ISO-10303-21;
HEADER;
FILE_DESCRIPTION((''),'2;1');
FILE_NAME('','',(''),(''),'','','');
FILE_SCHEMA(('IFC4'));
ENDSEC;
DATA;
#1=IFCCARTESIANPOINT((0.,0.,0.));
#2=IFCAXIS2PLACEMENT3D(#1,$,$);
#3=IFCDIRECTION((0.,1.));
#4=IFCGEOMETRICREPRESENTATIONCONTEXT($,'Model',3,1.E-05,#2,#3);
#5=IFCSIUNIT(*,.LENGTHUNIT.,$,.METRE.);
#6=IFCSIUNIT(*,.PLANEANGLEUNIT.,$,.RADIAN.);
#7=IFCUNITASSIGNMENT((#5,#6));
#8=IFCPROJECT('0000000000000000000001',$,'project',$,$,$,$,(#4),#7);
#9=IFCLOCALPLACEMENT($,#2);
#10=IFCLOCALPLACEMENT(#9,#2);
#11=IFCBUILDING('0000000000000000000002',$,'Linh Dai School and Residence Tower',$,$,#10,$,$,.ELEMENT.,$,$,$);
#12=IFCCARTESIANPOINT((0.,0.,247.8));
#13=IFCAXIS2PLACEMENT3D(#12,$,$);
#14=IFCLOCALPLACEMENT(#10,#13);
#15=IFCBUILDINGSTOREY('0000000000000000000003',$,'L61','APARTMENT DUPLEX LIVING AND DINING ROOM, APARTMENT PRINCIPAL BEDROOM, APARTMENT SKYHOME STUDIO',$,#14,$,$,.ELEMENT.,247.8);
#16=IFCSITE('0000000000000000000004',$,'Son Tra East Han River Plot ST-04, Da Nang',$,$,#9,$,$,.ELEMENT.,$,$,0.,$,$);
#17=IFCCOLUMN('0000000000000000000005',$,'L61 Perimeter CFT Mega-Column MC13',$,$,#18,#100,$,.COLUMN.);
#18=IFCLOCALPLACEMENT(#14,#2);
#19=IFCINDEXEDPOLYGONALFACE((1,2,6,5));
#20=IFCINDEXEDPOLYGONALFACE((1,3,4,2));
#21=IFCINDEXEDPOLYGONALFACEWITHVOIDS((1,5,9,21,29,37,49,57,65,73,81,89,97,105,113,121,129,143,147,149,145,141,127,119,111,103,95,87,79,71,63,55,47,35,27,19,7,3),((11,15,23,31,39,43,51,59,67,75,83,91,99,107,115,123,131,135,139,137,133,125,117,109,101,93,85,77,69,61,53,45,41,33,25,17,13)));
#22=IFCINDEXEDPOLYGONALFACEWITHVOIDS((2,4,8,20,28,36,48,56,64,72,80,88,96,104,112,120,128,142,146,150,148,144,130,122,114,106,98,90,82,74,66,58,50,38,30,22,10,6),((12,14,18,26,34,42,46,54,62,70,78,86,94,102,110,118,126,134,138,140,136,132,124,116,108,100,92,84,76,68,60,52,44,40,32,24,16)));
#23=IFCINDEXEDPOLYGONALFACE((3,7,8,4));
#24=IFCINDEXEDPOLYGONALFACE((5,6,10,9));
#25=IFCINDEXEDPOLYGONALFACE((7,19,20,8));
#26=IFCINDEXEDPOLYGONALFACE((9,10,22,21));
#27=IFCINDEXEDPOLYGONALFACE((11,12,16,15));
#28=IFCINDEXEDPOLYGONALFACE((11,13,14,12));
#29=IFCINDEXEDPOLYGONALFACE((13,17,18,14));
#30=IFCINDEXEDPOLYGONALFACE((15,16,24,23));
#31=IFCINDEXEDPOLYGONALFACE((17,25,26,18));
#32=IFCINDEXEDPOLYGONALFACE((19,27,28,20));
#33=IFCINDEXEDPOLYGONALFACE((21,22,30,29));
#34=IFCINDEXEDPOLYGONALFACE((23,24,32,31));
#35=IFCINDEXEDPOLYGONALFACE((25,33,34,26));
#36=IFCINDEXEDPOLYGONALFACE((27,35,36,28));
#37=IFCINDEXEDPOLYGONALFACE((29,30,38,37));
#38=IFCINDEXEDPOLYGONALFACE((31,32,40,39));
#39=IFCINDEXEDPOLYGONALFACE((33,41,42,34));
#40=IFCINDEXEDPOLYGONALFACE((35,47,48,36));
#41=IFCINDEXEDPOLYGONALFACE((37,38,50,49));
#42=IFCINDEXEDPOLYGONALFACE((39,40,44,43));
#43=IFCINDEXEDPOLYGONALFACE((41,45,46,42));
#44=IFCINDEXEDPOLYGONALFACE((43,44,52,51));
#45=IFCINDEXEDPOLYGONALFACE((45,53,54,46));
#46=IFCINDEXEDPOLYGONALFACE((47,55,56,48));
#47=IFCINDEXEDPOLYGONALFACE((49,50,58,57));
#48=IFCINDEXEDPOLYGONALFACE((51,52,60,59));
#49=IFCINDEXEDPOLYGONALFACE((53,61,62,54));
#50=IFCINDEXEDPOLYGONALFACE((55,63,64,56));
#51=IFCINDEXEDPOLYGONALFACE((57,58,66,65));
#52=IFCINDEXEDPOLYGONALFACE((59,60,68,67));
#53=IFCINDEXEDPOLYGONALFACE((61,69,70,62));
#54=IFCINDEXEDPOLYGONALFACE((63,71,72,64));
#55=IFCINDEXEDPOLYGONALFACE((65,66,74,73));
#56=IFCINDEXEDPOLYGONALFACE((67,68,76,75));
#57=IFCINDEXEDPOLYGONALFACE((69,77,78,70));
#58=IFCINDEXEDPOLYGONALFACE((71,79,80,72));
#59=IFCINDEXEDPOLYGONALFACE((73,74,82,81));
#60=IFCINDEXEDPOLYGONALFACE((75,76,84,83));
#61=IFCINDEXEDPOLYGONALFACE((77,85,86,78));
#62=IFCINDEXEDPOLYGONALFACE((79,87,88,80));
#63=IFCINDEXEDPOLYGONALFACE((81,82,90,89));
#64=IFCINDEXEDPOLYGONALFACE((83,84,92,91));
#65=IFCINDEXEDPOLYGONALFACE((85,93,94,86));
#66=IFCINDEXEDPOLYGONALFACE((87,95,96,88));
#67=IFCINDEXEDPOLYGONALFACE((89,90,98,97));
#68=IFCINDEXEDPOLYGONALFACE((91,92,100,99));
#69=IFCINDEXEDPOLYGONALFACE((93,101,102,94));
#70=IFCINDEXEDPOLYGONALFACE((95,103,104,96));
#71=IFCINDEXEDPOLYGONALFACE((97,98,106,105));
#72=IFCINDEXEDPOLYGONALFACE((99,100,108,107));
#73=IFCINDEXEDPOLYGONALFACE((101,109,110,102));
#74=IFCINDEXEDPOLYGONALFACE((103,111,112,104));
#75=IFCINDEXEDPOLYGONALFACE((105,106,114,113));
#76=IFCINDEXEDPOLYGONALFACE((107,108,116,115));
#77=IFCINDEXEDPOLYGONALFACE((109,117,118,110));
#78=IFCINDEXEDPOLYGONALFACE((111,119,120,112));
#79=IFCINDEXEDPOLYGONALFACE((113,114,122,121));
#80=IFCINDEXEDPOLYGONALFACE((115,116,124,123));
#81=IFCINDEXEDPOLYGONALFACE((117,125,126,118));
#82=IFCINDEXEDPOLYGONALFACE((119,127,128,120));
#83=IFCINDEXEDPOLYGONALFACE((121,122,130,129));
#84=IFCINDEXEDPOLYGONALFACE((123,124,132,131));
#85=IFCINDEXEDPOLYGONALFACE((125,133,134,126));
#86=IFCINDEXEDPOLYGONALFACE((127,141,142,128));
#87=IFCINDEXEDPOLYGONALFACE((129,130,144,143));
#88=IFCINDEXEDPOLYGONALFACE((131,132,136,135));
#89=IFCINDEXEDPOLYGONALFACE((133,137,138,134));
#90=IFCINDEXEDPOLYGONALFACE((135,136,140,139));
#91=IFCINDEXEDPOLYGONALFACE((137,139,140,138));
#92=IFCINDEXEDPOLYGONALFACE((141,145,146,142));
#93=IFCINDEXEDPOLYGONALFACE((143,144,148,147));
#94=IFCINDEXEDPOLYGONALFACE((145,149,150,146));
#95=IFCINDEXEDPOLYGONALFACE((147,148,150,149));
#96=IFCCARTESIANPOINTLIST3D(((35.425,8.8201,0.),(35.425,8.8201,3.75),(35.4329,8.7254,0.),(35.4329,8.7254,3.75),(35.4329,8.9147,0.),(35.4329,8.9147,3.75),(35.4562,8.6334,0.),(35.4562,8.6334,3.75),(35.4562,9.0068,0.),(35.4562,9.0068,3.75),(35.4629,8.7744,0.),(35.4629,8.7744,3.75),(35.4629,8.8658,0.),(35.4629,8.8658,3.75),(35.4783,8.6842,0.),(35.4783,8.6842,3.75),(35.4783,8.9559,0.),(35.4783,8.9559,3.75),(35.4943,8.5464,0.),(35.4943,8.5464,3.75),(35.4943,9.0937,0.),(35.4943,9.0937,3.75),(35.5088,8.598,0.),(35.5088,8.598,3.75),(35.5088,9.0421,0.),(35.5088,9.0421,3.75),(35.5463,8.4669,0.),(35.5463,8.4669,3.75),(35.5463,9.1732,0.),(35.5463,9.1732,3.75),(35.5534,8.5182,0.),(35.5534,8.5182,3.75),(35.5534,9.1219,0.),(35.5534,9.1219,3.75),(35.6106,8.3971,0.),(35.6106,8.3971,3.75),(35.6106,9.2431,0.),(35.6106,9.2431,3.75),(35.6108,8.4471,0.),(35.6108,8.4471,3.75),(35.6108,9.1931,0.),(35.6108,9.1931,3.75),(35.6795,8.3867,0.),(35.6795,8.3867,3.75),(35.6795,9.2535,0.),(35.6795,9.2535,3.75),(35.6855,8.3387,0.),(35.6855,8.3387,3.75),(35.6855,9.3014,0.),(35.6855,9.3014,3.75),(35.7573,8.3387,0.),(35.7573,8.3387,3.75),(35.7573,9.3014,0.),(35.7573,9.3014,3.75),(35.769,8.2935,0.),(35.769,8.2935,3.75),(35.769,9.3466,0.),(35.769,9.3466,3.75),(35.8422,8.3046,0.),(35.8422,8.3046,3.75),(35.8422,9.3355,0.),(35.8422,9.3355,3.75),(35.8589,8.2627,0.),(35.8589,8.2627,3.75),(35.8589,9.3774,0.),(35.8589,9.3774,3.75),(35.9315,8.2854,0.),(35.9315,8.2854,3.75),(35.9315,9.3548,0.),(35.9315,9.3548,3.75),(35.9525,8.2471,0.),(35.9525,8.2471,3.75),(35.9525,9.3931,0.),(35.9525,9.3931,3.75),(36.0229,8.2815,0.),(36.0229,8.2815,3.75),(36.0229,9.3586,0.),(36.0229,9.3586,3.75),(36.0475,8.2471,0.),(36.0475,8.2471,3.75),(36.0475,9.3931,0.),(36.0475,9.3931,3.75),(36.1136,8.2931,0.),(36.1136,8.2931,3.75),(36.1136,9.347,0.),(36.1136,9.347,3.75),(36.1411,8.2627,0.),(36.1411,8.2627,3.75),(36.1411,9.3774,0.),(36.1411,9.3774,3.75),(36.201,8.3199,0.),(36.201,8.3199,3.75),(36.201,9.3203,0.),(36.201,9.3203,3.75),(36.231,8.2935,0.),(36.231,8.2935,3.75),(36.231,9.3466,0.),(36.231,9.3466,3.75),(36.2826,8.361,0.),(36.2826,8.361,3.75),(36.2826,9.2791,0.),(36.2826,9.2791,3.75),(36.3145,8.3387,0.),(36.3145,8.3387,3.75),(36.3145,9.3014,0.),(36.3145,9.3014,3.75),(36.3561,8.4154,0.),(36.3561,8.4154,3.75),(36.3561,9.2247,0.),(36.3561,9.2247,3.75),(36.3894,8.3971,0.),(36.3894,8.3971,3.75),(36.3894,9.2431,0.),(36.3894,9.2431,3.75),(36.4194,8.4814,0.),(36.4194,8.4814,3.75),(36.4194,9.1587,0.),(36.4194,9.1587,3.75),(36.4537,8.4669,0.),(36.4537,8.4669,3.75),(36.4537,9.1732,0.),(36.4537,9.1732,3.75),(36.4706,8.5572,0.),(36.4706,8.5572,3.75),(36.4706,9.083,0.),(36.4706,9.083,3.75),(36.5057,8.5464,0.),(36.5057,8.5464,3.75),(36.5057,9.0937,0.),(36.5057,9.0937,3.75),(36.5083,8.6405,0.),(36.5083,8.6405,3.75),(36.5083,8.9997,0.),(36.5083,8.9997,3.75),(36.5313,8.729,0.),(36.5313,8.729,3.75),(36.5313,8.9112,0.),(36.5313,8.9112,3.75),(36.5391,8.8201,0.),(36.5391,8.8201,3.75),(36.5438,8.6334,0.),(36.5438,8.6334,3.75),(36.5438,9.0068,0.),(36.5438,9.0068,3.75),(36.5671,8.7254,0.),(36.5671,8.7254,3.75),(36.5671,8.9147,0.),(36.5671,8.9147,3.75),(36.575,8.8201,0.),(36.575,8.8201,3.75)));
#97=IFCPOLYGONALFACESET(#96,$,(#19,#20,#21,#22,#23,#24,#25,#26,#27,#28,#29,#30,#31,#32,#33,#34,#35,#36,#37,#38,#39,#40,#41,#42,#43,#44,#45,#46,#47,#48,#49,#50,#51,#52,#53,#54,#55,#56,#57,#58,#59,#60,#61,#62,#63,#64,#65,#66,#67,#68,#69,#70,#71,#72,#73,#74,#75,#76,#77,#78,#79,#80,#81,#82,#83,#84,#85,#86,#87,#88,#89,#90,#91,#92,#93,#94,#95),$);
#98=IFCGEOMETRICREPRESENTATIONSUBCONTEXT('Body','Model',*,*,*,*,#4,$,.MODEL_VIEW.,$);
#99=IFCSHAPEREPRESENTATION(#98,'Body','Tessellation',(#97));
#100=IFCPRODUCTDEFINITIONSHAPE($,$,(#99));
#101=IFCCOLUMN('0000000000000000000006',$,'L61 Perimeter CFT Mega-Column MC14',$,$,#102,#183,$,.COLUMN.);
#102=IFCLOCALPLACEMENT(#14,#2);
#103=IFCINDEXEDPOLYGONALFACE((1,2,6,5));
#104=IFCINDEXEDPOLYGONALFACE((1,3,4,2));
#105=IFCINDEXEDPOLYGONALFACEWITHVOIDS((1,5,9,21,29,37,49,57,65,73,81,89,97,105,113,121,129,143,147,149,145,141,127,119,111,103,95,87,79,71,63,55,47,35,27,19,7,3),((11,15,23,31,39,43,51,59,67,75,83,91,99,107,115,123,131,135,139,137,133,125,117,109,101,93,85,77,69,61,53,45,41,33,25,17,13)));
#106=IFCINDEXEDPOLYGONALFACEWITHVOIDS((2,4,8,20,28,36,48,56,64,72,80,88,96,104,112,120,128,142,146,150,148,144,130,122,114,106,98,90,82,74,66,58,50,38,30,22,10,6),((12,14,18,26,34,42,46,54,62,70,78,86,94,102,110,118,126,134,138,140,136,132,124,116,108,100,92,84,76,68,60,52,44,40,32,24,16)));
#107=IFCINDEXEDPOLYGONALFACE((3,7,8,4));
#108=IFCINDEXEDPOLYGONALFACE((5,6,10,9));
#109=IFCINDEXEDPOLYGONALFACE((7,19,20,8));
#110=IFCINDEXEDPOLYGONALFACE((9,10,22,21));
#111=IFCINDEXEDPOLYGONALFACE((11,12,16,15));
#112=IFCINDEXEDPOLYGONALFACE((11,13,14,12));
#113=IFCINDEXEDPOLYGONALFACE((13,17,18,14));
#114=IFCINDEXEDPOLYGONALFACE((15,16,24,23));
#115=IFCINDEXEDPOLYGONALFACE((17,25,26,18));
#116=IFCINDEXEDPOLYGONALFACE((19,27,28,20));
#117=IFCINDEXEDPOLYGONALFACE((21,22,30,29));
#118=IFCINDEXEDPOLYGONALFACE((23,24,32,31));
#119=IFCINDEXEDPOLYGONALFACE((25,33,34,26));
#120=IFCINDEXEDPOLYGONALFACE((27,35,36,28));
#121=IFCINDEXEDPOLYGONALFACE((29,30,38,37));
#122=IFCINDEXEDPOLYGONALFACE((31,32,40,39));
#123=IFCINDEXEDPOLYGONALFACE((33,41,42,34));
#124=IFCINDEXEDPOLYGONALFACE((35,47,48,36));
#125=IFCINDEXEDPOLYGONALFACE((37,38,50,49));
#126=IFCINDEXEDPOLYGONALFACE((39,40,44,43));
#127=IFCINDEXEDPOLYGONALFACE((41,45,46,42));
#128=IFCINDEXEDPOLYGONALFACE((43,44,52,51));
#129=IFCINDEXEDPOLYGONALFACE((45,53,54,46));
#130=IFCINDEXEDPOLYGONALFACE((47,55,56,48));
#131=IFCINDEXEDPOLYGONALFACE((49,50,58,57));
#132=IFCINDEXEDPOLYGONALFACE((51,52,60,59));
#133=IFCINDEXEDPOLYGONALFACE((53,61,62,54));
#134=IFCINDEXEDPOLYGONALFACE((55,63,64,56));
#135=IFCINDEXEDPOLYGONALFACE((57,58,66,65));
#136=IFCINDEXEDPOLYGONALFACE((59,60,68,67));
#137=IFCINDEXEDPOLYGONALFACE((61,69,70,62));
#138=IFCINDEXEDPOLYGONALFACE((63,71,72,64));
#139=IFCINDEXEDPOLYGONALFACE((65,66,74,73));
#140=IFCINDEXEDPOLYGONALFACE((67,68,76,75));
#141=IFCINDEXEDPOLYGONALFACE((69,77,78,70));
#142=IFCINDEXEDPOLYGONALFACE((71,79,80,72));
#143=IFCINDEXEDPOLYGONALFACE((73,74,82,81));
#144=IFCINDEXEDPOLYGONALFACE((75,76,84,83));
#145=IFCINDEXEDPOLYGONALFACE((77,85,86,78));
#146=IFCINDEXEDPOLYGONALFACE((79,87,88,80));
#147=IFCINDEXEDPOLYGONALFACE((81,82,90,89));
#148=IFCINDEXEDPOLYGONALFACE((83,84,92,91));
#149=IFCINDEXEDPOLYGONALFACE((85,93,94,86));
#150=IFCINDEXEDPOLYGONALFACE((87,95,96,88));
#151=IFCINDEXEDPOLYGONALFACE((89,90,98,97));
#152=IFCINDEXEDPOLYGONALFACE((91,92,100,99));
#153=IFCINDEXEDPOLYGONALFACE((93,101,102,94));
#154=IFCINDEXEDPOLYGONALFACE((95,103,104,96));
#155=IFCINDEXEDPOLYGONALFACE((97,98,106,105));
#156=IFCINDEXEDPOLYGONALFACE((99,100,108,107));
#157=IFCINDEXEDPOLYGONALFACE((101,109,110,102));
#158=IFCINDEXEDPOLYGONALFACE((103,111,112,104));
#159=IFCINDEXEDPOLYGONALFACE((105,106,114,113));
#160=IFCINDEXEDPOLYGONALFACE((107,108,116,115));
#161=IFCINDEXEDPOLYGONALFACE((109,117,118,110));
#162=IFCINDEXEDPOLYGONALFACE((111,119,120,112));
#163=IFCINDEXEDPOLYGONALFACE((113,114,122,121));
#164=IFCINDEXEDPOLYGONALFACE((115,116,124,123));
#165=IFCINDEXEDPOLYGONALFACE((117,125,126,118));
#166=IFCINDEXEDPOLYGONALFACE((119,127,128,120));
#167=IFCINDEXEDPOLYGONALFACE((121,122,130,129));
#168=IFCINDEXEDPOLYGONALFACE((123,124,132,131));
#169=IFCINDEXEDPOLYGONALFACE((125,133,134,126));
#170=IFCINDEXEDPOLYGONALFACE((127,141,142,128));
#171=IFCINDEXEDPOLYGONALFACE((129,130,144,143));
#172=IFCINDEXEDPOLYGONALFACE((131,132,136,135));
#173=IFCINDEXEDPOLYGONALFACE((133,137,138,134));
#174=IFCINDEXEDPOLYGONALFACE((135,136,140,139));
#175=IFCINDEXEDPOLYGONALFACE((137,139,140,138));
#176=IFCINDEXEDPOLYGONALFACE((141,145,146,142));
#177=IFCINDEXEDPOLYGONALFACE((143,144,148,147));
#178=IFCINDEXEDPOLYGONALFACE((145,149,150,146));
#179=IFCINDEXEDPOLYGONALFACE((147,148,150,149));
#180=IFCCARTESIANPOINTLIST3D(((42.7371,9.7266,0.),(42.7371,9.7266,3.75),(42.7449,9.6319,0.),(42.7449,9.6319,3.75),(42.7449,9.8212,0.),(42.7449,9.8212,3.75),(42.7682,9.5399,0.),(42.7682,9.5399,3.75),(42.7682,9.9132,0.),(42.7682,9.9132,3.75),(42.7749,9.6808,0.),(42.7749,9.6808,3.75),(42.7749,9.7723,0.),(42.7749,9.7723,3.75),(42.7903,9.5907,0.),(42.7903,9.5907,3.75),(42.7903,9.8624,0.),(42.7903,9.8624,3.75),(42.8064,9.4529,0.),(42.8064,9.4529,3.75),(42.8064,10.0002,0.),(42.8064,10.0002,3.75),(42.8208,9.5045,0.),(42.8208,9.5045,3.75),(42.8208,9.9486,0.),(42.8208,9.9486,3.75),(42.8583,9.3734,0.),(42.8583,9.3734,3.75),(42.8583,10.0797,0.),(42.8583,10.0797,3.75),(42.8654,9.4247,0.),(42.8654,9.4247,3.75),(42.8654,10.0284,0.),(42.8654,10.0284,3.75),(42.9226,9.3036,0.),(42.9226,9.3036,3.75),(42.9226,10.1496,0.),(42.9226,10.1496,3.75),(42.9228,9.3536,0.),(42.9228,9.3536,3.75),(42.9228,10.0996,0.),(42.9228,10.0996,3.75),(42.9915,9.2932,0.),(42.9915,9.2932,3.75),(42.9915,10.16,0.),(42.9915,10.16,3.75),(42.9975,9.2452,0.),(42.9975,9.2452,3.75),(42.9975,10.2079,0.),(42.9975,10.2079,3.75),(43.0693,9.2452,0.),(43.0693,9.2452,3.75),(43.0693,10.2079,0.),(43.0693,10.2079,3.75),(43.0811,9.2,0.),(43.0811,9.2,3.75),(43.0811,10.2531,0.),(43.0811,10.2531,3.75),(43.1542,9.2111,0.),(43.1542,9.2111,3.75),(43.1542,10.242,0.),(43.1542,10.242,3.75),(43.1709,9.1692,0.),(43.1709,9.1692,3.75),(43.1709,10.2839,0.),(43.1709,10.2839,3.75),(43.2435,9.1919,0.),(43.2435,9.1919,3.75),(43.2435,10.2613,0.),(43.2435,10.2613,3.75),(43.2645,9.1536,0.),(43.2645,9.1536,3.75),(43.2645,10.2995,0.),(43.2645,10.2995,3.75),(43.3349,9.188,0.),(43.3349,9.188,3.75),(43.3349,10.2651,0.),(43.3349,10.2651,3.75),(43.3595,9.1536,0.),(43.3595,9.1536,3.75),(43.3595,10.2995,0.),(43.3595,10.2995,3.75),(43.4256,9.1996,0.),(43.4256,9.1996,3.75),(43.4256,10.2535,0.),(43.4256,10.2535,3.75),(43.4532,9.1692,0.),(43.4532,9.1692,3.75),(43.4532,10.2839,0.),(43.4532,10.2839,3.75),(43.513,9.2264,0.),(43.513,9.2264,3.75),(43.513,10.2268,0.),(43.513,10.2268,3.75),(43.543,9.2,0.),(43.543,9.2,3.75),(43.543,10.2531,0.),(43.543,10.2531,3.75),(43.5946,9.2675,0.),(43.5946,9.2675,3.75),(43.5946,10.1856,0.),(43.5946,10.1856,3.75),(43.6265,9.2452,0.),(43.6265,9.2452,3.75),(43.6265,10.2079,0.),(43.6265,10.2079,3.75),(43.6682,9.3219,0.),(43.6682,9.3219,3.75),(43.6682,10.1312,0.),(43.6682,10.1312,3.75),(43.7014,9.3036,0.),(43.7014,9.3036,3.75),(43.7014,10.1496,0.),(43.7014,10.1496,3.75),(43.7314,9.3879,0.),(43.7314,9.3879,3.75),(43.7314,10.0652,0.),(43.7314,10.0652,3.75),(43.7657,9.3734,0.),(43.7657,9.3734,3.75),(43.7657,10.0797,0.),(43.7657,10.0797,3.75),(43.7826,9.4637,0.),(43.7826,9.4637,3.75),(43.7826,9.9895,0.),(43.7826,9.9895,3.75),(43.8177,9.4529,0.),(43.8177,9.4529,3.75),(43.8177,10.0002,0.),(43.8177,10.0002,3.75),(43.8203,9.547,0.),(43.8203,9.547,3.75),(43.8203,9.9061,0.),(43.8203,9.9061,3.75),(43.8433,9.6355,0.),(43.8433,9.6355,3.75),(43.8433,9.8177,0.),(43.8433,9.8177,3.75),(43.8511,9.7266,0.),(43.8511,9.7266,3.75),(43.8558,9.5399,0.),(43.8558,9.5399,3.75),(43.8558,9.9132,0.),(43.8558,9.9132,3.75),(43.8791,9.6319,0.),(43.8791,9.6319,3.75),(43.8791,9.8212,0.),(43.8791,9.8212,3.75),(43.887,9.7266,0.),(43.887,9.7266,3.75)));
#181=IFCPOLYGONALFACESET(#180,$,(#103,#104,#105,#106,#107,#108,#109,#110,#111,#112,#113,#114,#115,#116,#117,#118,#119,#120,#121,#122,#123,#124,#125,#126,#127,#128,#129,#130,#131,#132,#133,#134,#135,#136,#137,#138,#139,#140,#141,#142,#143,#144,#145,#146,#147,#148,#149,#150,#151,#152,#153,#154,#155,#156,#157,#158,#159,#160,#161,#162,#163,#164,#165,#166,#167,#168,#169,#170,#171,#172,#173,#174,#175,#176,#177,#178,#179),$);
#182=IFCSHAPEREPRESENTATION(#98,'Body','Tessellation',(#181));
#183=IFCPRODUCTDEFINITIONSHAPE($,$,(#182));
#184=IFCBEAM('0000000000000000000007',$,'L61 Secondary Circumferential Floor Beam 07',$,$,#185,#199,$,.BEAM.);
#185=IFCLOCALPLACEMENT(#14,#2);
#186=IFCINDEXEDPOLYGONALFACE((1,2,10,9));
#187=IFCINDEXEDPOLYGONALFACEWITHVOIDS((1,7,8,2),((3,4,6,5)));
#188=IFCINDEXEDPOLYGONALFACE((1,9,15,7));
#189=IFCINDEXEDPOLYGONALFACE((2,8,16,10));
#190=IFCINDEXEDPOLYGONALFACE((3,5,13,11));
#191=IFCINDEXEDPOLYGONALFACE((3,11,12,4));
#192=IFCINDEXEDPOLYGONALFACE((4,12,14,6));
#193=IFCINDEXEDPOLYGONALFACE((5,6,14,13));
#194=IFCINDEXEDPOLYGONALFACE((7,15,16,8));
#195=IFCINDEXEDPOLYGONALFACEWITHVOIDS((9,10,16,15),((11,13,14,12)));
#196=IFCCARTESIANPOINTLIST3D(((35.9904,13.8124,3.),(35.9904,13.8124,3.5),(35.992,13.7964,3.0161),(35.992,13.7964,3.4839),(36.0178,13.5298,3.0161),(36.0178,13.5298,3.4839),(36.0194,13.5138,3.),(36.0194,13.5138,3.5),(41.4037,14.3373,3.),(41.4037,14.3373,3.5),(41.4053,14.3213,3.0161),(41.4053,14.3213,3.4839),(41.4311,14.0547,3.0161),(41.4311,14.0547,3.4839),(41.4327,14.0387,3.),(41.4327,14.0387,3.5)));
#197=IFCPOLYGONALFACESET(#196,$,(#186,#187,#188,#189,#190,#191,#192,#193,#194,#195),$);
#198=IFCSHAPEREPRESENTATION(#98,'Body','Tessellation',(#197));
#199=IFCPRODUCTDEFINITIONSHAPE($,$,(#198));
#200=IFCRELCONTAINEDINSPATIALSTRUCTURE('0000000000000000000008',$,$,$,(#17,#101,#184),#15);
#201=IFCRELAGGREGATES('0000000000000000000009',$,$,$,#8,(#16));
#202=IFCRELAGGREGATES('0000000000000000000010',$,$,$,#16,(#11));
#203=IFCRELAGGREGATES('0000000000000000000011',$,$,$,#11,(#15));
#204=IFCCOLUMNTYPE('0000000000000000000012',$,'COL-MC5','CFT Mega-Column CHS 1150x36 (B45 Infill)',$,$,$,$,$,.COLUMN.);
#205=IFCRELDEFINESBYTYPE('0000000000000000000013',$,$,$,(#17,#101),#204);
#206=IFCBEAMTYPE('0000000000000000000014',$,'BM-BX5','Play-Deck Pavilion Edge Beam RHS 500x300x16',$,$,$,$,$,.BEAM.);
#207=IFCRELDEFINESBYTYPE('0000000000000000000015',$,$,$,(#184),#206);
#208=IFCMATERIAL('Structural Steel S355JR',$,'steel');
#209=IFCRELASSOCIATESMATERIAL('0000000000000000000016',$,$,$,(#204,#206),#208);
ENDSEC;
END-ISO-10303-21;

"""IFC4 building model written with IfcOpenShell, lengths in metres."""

from ifc_helpers import new_model, si_unit, direction, frame, origin, origin_2d, place, context, subcontext, project, spatial, hollow_rectangle, hollow_circle, extrude, material, material_profile, profile_set, type_object, element, save


model = new_model("IFC4")

# Units and contexts
model_context = context("Model", 3, precision=1e-05, world=origin(), true_north=direction((0.0, 1.0)))
body_context = subcontext(model_context, "Body", "Model", "MODEL_VIEW")
ifc_project = project(units=[si_unit("LENGTHUNIT", "METRE"), si_unit("PLANEANGLEUNIT", "RADIAN")], contexts=[model_context])

# Site, building, storey
site_placement = place(None, origin())
site = spatial("IfcSite", under=ifc_project, at=site_placement, Name="Son Tra East Han River Plot ST-04, Da Nang", CompositionType="ELEMENT", RefElevation=0.0)
building_placement = place(site_placement, origin())
building = spatial("IfcBuilding", under=site, at=building_placement, Name="Linh Dai School and Residence Tower", CompositionType="ELEMENT")
storey_placement = place(building_placement, frame((0.0, 0.0, 247.8)))
storey = spatial("IfcBuildingStorey", under=building, at=storey_placement, Name="L61", Description="APARTMENT DUPLEX LIVING AND DINING ROOM, APARTMENT PRINCIPAL BEDROOM, APARTMENT SKYHOME STUDIO", CompositionType="ELEMENT", Elevation=247.8)

# Columns
ifc_material_1 = material(Name="Structural Steel S355JR", Category="steel")
ifc_material_profile_1 = material_profile(ifc_material_1, hollow_circle(Radius=0.575, WallThickness=0.0359, at=origin_2d()), Name="CHS 1150x36")
ifc_profile_set_1 = profile_set([ifc_material_profile_1], Name="Structural Steel S355JR")
column_type = type_object("IfcColumnType", Name="COL-MC5", Description="CFT Mega-Column CHS 1150x36 (B45 Infill)", PredefinedType="COLUMN", material=ifc_profile_set_1)
for number, where, z_axis, x_axis, name in (
    (1, (36.0, 8.8201, 0.0), (0.0, 0.0, 1.0), (1.0, 0.0, 0.0), "L61 Perimeter CFT Mega-Column MC13"),
    (2, (43.312, 9.7266, 0.0), (0.0, 0.0, 1.0), (1.0, 0.0, 0.0), "L61 Perimeter CFT Mega-Column MC14"),
):
    element("IfcColumn", number, at=place(storey_placement, frame(where, z_axis=z_axis, x_axis=x_axis)), inside=storey, type_object=column_type, Name=name, PredefinedType="COLUMN", context=body_context, shape_type="SweptSolid", body=[
        extrude(hollow_circle(Radius=0.575, WallThickness=0.0359, at=origin_2d()), origin(), (0.0, 0.0, 1.0), 3.75),
    ])

# Beam
ifc_material_profile_2 = material_profile(ifc_material_1, hollow_rectangle(XDim=0.3, YDim=0.5, WallThickness=0.0161, at=origin_2d()), Name="RHS 500x300x16")
ifc_profile_set_2 = profile_set([ifc_material_profile_2], Name="Structural Steel S355JR")
beam_type_1 = type_object("IfcBeamType", Name="BM-BX5", Description="Play-Deck Pavilion Edge Beam RHS 500x300x16", PredefinedType="BEAM", material=ifc_profile_set_2)
beam_1_placement = place(storey_placement, frame((36.0049, 13.6631, 3.25), z_axis=(0.995332, 0.096512, 0.0), x_axis=(-0.096512, 0.995332, 0.0)))
element("IfcBeam", 3, at=beam_1_placement, inside=storey, type_object=beam_type_1, Name="L61 Secondary Circumferential Floor Beam 07", PredefinedType="BEAM", context=body_context, shape_type="SweptSolid", body=[
    extrude(hollow_rectangle(XDim=0.3, YDim=0.5, WallThickness=0.0161, at=origin_2d()), origin(), (0.0, 0.0, 1.0), 5.4387),
])

save(model, "model.ifc")
